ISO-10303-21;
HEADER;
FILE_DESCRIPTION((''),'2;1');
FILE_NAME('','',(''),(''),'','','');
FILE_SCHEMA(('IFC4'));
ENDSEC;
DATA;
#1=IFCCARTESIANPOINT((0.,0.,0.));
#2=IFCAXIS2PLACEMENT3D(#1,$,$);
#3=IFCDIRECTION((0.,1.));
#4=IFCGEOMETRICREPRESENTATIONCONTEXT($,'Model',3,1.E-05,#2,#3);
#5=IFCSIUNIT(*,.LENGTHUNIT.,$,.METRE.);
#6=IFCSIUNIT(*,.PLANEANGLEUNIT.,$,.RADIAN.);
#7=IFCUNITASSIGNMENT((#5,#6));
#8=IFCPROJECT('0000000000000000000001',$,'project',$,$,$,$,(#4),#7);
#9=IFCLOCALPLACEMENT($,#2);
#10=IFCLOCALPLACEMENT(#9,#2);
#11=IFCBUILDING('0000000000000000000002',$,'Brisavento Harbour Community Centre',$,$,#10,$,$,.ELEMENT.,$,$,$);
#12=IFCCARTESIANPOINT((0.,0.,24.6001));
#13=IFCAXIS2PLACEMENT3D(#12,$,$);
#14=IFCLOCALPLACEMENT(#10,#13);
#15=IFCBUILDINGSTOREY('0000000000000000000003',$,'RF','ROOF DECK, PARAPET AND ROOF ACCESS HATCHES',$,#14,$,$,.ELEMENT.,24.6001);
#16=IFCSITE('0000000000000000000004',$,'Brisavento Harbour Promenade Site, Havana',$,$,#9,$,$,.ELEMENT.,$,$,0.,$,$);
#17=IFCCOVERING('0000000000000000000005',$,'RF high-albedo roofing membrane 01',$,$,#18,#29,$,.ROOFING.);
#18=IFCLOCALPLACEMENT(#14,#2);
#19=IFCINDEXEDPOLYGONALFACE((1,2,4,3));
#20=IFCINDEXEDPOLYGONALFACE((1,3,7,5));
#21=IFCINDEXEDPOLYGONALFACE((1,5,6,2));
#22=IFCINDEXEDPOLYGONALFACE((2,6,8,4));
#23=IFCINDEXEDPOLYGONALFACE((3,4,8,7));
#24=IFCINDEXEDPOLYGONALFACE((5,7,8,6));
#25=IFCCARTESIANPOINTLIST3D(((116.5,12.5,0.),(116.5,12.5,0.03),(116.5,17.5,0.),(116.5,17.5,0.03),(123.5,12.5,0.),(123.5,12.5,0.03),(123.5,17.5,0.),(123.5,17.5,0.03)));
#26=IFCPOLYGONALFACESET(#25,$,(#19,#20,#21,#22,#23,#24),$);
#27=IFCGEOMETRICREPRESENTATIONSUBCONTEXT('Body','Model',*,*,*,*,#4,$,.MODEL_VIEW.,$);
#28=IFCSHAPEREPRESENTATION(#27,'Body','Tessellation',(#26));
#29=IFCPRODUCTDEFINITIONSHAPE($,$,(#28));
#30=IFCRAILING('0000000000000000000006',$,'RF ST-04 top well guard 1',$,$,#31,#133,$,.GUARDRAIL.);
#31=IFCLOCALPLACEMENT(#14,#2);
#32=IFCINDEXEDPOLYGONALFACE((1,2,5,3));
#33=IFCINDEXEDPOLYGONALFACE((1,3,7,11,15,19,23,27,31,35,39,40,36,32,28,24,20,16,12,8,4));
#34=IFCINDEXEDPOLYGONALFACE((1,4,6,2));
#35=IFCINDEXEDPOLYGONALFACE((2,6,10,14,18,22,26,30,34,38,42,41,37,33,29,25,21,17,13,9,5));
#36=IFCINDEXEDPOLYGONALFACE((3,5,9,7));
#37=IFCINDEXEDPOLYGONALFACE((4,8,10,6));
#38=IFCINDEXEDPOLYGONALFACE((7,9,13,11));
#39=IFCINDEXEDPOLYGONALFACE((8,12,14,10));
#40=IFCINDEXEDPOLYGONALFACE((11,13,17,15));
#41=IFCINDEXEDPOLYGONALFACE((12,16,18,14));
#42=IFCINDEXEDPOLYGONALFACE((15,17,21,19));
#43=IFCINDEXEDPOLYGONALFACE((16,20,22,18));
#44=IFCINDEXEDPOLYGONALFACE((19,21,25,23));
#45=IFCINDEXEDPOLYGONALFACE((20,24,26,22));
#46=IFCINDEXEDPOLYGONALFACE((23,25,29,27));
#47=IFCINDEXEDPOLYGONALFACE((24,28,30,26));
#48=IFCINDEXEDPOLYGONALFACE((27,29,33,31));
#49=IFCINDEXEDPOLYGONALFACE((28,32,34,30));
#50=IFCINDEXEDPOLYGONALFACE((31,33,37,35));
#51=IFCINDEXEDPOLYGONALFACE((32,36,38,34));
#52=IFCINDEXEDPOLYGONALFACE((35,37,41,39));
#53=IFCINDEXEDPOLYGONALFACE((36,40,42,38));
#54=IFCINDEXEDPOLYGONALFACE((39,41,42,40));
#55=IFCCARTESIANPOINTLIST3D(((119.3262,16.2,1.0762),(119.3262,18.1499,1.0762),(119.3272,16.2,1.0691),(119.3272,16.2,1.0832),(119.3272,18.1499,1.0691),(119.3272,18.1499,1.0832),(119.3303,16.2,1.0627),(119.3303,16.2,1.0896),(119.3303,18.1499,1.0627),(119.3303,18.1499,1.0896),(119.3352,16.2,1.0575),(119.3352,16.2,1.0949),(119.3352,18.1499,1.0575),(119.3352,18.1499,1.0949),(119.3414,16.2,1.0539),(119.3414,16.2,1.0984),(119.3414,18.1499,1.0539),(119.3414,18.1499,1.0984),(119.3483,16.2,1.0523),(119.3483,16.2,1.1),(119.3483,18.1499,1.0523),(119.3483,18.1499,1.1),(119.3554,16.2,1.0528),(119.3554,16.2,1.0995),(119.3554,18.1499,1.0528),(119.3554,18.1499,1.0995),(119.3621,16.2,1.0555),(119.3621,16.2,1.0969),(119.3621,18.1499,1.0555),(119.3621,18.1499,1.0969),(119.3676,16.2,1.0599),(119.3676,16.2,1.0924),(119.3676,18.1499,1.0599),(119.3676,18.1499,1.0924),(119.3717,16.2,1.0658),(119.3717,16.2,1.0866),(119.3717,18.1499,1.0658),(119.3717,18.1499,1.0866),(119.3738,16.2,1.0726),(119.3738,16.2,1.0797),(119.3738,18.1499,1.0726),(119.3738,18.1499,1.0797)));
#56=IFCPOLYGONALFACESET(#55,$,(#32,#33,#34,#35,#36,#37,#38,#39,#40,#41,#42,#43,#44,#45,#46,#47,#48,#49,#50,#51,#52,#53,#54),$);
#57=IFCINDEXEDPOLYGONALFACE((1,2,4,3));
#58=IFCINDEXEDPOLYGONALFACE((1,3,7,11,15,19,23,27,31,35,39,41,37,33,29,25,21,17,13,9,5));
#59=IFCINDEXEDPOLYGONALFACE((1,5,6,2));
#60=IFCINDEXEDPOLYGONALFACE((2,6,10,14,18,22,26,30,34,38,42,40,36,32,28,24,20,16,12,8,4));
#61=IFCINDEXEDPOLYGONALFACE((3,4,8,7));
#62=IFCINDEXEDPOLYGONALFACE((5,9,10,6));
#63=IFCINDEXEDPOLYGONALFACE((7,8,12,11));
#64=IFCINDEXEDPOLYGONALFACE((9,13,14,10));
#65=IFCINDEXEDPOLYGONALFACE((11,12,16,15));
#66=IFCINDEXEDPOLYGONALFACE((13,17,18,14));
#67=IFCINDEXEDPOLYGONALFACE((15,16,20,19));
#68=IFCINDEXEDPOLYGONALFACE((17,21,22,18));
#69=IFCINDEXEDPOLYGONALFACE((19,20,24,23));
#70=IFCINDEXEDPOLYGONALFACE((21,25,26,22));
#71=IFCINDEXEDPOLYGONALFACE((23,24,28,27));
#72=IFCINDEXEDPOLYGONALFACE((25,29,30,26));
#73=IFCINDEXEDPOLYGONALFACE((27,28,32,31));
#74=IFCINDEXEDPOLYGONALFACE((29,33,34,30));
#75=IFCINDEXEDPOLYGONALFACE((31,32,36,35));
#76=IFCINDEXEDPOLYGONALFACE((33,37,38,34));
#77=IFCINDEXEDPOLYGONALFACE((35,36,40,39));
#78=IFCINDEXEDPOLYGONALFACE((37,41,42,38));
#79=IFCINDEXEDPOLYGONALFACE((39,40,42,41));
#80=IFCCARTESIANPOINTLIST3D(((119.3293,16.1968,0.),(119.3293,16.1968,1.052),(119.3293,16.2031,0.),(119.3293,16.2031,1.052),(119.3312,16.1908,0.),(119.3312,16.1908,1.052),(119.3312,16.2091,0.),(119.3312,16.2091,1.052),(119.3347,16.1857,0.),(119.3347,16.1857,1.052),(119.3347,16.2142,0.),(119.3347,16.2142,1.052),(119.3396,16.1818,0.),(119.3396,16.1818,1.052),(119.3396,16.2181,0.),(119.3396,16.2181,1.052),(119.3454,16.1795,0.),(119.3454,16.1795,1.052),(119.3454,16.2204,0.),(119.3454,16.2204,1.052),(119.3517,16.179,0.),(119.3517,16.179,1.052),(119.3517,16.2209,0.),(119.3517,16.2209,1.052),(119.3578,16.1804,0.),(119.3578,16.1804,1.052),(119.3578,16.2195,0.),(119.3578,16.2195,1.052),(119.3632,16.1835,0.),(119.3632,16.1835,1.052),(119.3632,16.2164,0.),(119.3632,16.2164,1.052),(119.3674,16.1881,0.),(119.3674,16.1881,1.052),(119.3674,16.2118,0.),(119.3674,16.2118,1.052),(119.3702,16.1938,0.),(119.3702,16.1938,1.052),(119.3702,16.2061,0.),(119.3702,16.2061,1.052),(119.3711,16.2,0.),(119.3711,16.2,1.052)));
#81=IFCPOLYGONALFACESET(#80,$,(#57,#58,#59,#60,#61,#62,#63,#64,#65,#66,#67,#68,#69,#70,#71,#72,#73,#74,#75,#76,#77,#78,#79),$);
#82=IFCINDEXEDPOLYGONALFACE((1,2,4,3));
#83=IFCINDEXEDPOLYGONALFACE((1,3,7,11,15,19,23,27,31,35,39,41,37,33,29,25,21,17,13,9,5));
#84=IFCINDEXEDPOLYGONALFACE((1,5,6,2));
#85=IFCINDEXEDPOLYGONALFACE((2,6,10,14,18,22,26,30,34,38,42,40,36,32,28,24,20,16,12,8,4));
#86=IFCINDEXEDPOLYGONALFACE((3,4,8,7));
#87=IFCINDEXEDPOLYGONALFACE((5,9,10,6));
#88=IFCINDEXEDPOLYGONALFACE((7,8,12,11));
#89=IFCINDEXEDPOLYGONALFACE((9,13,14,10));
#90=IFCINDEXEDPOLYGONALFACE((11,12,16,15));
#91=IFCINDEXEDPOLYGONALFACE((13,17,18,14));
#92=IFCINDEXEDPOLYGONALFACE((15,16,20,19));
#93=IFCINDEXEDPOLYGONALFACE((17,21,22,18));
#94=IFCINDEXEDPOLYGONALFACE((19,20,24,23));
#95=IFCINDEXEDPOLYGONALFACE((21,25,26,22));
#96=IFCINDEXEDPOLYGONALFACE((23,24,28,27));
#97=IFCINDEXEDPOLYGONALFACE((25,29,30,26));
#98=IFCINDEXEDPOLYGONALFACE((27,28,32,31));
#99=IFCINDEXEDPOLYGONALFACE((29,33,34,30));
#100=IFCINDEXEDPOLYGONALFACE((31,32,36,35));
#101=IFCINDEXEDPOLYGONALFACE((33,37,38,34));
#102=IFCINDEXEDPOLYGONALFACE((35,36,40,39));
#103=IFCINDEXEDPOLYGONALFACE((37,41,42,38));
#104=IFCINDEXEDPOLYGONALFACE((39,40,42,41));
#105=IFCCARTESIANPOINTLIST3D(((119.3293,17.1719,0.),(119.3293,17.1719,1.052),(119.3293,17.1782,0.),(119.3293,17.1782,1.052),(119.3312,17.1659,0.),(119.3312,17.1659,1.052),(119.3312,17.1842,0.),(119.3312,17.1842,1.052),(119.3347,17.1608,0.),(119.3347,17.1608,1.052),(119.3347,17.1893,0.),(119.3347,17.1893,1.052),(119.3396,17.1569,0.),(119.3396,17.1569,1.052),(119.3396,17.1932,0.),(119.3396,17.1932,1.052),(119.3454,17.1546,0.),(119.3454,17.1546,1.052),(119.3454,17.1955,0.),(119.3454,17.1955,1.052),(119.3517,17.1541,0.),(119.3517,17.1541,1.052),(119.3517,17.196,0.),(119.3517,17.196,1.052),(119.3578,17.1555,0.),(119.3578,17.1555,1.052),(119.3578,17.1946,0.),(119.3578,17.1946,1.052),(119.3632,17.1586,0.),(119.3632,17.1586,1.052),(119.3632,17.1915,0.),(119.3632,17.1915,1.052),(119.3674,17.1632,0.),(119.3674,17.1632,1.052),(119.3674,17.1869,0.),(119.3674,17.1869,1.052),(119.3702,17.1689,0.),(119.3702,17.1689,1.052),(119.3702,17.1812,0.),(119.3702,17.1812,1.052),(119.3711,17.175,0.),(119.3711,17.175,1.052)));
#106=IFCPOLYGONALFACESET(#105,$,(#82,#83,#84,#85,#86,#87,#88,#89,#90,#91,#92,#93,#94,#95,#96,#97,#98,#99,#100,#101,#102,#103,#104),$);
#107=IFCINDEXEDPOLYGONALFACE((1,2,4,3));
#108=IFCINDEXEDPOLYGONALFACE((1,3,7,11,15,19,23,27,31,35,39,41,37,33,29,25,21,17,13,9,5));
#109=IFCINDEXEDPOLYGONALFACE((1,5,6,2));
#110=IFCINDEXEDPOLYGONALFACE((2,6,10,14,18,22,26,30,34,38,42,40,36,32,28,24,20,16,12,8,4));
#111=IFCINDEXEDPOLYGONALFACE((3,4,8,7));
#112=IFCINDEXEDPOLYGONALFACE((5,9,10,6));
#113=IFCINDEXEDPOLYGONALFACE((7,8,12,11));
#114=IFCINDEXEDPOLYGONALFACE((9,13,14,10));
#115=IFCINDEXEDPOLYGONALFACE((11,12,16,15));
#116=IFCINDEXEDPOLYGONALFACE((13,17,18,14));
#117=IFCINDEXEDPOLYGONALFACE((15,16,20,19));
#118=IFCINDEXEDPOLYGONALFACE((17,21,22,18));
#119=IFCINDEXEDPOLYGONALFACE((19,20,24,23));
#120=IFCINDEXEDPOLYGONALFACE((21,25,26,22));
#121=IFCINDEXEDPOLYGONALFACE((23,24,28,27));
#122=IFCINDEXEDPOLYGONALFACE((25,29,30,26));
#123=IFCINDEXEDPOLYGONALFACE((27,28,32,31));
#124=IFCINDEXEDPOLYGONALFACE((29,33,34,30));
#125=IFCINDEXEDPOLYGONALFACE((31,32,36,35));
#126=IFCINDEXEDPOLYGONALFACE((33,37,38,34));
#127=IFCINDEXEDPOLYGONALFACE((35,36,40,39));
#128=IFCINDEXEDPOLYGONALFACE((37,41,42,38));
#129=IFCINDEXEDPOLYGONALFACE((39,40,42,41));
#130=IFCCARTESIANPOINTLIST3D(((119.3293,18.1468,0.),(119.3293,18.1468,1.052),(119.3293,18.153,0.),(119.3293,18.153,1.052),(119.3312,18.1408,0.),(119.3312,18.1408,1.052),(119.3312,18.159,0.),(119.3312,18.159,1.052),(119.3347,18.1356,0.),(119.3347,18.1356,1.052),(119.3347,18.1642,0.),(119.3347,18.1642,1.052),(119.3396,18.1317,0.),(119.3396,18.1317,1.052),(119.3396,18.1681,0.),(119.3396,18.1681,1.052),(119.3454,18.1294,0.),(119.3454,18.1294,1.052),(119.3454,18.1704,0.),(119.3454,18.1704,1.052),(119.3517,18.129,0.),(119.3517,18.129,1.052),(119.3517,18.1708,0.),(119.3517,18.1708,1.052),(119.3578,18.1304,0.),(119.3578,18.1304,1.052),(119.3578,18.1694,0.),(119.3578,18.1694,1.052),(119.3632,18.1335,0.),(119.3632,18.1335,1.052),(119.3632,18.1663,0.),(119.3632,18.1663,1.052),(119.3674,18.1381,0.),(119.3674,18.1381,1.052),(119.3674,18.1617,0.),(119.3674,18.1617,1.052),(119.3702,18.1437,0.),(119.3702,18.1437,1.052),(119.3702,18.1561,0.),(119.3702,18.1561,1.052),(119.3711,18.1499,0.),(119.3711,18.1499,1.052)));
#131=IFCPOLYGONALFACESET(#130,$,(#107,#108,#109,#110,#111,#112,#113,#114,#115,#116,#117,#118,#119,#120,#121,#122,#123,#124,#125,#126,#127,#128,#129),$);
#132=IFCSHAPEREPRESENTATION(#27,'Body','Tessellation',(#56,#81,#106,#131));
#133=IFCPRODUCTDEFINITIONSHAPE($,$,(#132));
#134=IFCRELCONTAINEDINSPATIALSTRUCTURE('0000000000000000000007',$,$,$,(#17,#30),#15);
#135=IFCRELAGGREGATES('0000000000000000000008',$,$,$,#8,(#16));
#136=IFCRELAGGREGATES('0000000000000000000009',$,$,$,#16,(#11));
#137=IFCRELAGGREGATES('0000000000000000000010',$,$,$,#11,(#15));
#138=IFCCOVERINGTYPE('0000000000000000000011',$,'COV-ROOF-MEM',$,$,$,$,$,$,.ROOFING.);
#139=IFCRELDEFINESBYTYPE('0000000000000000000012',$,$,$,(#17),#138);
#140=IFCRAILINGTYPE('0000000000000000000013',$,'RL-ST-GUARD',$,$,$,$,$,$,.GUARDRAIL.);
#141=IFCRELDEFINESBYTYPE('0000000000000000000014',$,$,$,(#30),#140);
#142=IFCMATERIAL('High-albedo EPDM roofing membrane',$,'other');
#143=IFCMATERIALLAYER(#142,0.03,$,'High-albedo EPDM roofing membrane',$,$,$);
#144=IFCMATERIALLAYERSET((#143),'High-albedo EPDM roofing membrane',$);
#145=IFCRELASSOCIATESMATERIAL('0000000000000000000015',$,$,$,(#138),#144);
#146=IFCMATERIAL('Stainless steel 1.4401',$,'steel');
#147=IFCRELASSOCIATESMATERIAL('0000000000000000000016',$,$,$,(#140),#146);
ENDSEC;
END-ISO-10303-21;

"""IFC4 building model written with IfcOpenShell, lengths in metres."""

from ifc_helpers import new_model, si_unit, direction, frame, origin, origin_2d, place, context, subcontext, project, spatial, rectangle, circle, extrude, material, layer, layer_set, type_object, element, save


model = new_model("IFC4")

# Units and contexts
model_context = context("Model", 3, precision=1e-05, world=origin(), true_north=direction((0.0, 1.0)))
body_context = subcontext(model_context, "Body", "Model", "MODEL_VIEW")
ifc_project = project(units=[si_unit("LENGTHUNIT", "METRE"), si_unit("PLANEANGLEUNIT", "RADIAN")], contexts=[model_context])

# Site, building, storey
site_placement = place(None, origin())
site = spatial("IfcSite", under=ifc_project, at=site_placement, Name="Brisavento Harbour Promenade Site, Havana", CompositionType="ELEMENT", RefElevation=0.0)
building_placement = place(site_placement, origin())
building = spatial("IfcBuilding", under=site, at=building_placement, Name="Brisavento Harbour Community Centre", CompositionType="ELEMENT")
storey_placement = place(building_placement, frame((0.0, 0.0, 24.6001)))
storey = spatial("IfcBuildingStorey", under=building, at=storey_placement, Name="RF", Description="ROOF DECK, PARAPET AND ROOF ACCESS HATCHES", CompositionType="ELEMENT", Elevation=24.6001)

# Covering
ifc_material_1 = material(Name="High-albedo EPDM roofing membrane", Category="other")
ifc_layer_1 = layer(ifc_material_1, 0.03, Name="High-albedo EPDM roofing membrane")
ifc_layer_set_1 = layer_set([ifc_layer_1], Name="High-albedo EPDM roofing membrane")
covering_type = type_object("IfcCoveringType", Name="COV-ROOF-MEM", PredefinedType="ROOFING", material=ifc_layer_set_1)
covering_placement = place(storey_placement, frame((120.0, 15.0, 0.0), z_axis=(0.0, 0.0, 1.0), x_axis=(1.0, 0.0, 0.0)))
element("IfcCovering", 1, at=covering_placement, inside=storey, type_object=covering_type, Name="RF high-albedo roofing membrane 01", PredefinedType="ROOFING", context=body_context, shape_type="SweptSolid", body=[
    extrude(rectangle(XDim=7.0, YDim=5.0, at=origin_2d()), origin(), (0.0, 0.0, 1.0), 0.03),
])

# Railing
ifc_material_2 = material(Name="Stainless steel 1.4401", Category="steel")
railing_type = type_object("IfcRailingType", Name="RL-ST-GUARD", PredefinedType="GUARDRAIL", material=ifc_material_2)
railing_placement = place(storey_placement, frame((119.3501, 16.2, 0.0)))
element("IfcRailing", 2, at=railing_placement, inside=storey, type_object=railing_type, Name="RF ST-04 top well guard 1", PredefinedType="GUARDRAIL", context=body_context, shape_type="SweptSolid", body=[
    extrude(circle(Radius=0.0239, at=origin_2d()), frame((0.0, 0.0, 1.0762), z_axis=(0.0, 1.0, 0.0), x_axis=(-1.0, 0.0, 0.0)), (0.0, 0.0, 1.0), 1.95),
    extrude(circle(Radius=0.021, at=origin_2d()), origin(), (0.0, 0.0, 1.0), 1.052),
    extrude(circle(Radius=0.021, at=origin_2d()), frame((0.0, 0.9751, 0.0)), (0.0, 0.0, 1.0), 1.052),
    extrude(circle(Radius=0.021, at=origin_2d()), frame((0.0, 1.95, 0.0)), (0.0, 0.0, 1.0), 1.052),
])

save(model, "model.ifc")
